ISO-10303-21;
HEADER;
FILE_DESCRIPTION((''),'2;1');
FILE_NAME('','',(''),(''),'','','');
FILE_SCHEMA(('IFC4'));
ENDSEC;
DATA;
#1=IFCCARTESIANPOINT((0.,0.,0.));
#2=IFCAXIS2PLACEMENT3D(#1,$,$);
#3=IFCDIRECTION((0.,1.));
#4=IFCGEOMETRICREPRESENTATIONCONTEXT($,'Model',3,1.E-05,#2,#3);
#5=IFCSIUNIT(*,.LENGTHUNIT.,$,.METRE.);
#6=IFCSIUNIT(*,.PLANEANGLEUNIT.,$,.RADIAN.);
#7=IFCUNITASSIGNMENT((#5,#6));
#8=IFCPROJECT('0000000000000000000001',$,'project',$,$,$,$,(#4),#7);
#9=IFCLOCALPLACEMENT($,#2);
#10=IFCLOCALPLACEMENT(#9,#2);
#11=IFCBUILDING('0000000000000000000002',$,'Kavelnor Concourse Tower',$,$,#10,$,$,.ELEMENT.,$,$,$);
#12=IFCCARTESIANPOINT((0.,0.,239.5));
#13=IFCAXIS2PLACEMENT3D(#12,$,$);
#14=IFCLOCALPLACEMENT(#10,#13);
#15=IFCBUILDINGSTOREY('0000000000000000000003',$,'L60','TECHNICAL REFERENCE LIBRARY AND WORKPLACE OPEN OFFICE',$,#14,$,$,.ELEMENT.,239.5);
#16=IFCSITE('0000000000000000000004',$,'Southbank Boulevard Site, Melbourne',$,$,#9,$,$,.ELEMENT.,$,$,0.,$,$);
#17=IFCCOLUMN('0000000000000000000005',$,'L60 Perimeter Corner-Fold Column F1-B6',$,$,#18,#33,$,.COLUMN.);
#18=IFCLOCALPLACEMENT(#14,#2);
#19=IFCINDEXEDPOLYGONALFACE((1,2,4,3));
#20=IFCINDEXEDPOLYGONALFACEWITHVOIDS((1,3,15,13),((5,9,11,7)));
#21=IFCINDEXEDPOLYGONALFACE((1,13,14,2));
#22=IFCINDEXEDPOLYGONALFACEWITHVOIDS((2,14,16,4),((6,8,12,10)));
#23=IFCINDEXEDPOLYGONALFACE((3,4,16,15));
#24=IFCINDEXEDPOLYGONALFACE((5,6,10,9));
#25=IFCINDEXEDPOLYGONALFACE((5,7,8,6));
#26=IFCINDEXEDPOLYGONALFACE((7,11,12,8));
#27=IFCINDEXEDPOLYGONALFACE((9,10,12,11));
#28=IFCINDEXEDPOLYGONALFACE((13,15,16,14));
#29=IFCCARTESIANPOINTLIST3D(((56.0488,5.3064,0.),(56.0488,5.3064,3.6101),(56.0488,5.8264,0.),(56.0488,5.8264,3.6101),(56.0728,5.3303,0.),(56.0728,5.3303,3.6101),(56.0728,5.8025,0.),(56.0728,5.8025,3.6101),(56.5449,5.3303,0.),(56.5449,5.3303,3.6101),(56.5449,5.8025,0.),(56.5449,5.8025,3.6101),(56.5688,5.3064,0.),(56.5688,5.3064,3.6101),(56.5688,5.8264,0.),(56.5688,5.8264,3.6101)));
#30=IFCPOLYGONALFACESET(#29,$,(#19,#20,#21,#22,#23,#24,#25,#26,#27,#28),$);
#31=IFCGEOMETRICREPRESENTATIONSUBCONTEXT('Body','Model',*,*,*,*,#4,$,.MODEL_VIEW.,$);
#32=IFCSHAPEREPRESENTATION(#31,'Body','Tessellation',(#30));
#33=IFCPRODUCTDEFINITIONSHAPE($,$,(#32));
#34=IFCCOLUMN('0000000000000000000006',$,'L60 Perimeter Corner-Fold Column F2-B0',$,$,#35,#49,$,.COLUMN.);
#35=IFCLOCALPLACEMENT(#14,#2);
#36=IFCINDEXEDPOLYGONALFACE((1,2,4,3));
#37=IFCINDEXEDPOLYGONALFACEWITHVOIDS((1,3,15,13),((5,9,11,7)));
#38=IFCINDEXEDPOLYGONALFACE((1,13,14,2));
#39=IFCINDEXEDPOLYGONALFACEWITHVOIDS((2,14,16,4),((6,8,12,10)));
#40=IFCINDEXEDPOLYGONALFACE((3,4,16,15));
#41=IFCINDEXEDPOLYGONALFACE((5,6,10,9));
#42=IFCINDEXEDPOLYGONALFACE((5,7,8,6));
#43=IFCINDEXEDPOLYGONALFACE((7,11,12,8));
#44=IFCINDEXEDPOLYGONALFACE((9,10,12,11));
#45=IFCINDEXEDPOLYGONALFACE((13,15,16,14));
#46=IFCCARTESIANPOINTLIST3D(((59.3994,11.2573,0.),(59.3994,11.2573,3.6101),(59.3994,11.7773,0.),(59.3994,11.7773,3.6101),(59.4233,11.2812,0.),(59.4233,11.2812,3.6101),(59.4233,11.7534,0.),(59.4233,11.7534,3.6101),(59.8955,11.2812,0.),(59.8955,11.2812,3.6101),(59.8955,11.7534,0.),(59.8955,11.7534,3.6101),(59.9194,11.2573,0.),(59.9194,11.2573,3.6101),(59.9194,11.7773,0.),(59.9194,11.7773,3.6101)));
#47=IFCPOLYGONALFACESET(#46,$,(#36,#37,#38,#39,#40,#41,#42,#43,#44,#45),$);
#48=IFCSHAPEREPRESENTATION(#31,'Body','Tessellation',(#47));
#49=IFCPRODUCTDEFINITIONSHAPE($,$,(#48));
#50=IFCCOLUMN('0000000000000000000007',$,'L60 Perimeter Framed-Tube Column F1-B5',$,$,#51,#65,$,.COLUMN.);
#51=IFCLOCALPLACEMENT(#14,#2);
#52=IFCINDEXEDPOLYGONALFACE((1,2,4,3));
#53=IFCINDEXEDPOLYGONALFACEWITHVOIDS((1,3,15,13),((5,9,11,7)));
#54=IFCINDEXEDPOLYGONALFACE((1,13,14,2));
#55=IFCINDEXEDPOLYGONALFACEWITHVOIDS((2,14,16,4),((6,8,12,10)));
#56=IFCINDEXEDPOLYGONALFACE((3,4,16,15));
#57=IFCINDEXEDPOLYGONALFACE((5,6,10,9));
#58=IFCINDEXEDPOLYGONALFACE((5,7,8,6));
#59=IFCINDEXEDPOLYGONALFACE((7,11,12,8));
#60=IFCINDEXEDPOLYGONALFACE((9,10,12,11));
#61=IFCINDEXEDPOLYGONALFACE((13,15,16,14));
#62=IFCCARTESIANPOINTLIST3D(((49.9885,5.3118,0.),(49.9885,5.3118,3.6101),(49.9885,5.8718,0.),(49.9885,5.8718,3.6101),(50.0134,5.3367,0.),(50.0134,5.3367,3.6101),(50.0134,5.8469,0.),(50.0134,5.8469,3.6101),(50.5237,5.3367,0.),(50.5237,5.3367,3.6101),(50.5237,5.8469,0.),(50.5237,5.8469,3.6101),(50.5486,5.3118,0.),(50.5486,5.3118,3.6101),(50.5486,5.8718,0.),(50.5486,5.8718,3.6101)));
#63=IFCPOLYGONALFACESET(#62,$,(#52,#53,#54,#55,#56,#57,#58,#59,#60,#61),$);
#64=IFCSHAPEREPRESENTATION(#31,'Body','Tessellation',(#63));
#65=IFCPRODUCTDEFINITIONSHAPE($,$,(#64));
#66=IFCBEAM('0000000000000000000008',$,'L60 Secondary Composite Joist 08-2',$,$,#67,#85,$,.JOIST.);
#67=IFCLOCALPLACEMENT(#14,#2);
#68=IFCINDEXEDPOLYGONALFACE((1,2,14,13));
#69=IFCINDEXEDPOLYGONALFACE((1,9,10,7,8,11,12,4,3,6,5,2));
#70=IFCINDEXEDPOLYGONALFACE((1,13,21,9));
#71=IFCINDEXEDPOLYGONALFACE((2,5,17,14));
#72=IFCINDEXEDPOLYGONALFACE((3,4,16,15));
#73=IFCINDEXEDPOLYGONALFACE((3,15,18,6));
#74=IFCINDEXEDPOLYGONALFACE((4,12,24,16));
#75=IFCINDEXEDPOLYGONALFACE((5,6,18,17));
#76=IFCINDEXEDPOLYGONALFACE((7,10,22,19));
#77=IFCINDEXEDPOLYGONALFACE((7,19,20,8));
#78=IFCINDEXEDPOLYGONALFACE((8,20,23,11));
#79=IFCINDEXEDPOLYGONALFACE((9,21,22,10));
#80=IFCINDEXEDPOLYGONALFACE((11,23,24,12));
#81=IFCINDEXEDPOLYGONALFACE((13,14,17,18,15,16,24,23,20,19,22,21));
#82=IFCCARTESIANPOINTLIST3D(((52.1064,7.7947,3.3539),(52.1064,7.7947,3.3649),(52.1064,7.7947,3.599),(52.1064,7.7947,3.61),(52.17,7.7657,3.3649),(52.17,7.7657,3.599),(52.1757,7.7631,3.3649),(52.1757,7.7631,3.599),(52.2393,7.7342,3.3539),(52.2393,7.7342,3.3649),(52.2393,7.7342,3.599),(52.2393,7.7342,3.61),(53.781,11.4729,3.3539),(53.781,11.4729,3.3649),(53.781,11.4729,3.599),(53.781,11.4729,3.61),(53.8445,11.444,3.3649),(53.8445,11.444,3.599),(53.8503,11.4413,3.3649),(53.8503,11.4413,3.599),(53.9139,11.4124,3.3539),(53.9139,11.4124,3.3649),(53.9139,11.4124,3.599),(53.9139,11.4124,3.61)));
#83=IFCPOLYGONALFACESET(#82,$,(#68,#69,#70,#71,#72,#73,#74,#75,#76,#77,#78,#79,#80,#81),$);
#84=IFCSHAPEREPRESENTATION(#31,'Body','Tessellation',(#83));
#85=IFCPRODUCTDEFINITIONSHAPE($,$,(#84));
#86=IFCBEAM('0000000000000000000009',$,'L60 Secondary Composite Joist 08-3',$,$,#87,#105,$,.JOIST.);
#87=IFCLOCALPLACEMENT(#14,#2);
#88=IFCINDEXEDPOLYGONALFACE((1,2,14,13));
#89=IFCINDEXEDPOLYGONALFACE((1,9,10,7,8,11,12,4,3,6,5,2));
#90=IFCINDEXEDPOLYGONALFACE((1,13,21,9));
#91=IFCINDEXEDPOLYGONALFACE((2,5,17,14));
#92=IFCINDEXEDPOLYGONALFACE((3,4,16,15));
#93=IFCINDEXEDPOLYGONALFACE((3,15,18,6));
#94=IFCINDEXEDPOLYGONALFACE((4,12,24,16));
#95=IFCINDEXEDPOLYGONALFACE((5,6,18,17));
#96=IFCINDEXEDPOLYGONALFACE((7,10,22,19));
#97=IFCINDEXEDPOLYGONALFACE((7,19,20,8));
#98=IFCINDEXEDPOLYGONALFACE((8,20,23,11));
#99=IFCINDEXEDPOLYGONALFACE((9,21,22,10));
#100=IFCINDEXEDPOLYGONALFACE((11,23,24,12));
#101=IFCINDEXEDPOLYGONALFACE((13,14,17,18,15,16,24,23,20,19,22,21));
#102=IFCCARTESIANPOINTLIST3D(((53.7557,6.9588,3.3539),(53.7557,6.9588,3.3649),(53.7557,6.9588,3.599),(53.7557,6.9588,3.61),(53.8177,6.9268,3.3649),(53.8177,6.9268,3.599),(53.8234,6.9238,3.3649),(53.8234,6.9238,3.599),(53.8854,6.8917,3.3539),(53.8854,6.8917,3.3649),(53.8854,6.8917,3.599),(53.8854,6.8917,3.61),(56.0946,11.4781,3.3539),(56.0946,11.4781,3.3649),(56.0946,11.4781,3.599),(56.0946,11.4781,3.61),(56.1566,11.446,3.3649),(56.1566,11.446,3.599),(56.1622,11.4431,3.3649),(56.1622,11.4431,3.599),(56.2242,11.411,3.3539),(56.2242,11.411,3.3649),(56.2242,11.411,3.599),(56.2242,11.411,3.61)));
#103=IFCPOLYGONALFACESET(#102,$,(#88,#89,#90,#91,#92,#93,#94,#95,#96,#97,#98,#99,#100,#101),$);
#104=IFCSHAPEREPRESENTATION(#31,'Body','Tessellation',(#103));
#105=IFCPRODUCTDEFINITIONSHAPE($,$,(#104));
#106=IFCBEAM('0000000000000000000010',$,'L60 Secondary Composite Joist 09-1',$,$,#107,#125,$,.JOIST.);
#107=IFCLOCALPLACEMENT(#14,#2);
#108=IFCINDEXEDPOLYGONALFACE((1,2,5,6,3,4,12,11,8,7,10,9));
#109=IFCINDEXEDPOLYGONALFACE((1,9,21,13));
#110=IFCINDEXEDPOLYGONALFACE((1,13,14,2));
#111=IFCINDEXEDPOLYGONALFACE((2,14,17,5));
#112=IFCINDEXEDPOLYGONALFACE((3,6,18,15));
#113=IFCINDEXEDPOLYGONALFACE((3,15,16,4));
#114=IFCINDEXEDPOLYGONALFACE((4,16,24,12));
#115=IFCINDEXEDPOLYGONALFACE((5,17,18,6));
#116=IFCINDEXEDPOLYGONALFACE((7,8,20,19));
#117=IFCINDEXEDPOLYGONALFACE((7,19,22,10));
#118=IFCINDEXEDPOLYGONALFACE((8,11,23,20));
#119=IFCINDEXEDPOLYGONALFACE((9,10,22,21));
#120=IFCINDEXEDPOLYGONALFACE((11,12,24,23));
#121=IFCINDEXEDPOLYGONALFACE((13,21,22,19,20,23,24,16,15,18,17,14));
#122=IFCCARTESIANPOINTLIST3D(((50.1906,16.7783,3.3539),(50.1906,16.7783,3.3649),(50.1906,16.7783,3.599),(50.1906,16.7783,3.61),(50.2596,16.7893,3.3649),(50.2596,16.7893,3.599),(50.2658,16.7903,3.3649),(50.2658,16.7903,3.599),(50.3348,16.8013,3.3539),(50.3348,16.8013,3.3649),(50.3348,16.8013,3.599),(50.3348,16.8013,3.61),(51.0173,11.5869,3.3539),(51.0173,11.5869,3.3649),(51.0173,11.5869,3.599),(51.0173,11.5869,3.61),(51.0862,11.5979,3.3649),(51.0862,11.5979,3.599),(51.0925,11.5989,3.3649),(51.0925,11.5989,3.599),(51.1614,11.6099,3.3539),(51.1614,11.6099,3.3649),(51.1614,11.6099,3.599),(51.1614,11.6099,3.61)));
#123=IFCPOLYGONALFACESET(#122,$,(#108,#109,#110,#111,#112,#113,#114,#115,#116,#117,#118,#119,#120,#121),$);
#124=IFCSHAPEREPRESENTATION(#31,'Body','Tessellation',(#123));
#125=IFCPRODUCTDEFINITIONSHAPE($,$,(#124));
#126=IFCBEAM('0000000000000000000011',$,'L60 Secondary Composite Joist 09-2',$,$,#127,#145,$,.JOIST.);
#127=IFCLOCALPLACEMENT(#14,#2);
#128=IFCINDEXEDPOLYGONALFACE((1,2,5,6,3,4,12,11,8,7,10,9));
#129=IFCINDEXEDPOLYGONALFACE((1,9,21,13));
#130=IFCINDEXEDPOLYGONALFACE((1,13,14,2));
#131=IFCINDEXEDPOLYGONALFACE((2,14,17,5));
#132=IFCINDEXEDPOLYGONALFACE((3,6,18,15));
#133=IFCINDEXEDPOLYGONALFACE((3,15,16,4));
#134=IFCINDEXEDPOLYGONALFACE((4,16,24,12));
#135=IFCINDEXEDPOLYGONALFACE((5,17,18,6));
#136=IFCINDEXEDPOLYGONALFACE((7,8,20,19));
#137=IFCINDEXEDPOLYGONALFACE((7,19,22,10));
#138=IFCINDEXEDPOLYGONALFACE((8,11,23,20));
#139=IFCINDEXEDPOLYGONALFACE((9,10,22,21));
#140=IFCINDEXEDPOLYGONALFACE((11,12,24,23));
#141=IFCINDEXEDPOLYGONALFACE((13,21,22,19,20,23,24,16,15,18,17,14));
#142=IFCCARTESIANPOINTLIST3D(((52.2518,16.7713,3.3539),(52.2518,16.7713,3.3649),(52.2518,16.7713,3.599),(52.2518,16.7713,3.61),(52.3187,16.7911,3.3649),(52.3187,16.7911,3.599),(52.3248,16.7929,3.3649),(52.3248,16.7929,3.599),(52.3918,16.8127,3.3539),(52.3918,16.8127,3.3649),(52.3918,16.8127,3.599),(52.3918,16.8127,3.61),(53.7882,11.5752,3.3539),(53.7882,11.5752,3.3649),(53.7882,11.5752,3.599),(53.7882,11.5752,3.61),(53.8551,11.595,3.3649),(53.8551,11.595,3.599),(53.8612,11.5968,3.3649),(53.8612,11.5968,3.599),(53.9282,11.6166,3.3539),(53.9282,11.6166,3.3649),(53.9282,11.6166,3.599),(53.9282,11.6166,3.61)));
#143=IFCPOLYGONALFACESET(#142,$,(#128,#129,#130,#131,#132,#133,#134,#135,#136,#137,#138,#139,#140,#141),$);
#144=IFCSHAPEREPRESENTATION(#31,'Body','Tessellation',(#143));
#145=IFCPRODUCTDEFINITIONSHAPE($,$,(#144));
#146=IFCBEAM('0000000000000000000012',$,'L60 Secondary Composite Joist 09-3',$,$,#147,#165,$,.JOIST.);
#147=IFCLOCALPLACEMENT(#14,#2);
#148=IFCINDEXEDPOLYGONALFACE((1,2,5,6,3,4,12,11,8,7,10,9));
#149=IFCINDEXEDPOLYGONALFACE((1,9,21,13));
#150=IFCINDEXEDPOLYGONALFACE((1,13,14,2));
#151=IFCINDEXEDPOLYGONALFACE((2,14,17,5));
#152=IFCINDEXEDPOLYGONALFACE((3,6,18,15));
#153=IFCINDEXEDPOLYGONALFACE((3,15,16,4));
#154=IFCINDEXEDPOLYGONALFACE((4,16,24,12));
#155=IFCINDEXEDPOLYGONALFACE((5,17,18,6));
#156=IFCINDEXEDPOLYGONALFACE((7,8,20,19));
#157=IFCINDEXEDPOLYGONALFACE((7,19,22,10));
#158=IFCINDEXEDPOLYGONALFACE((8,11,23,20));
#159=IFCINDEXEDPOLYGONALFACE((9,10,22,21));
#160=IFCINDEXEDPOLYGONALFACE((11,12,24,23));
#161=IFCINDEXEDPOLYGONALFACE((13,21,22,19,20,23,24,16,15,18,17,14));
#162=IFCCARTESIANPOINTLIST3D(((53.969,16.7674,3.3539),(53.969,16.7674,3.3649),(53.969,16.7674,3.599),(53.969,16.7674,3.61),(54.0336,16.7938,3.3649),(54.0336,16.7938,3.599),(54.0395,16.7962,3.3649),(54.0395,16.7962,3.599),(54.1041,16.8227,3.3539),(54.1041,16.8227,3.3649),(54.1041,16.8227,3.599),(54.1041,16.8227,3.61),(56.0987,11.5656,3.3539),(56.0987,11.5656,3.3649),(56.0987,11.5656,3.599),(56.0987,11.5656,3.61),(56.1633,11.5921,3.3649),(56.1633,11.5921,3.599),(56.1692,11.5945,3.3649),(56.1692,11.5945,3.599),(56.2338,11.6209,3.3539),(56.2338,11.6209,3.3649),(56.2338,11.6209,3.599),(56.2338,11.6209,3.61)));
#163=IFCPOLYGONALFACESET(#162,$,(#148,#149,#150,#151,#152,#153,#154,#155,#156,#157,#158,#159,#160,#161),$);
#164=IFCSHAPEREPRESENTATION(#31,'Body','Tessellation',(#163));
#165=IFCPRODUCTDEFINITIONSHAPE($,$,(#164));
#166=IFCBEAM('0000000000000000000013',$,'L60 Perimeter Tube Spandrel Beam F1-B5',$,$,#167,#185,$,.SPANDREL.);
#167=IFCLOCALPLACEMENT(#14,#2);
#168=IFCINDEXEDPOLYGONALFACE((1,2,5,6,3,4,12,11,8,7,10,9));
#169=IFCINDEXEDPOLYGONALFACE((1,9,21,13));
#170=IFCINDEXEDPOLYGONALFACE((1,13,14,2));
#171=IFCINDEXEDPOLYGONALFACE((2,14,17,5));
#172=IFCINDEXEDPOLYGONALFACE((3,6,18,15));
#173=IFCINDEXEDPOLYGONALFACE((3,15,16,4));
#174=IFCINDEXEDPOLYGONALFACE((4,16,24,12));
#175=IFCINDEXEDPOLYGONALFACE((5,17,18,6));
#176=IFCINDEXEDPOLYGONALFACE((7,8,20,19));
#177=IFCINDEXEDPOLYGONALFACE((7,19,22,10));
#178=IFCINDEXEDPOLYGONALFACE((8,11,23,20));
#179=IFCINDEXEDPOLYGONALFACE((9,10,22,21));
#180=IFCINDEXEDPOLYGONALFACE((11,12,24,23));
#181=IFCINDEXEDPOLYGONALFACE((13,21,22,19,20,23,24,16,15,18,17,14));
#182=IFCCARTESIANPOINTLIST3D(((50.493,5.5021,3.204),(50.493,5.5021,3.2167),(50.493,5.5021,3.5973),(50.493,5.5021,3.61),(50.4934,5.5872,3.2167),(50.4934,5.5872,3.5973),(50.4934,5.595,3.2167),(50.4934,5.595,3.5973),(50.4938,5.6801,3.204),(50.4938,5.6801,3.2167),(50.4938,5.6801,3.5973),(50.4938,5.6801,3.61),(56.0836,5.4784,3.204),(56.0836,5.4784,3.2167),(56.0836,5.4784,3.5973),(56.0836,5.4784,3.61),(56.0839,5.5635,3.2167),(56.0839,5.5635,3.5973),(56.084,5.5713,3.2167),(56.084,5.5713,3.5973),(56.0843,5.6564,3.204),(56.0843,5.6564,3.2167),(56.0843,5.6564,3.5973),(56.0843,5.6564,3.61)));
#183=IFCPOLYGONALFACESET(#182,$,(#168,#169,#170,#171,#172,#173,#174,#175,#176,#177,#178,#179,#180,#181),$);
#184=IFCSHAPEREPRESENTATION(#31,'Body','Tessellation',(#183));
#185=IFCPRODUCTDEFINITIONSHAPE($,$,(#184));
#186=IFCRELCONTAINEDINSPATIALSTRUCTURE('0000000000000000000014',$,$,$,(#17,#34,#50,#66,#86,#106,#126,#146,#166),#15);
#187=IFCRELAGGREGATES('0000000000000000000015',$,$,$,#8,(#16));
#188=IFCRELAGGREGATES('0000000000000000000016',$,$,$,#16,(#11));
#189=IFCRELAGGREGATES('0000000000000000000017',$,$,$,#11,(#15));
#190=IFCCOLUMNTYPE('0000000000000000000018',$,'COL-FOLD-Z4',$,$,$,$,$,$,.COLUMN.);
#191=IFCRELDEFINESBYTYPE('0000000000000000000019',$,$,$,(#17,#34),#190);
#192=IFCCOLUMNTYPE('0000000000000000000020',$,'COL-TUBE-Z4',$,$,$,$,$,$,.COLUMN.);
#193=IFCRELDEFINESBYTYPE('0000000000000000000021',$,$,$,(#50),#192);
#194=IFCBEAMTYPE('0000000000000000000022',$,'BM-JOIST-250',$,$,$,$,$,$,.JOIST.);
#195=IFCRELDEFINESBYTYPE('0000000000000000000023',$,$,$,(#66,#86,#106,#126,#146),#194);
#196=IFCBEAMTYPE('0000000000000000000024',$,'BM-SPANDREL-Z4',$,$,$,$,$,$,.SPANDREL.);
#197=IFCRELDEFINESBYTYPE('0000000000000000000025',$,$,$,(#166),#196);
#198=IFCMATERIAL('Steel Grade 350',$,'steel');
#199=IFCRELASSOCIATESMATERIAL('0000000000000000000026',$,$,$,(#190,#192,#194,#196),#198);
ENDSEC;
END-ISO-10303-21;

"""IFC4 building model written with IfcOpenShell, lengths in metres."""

from ifc_helpers import new_model, si_unit, direction, frame, origin, origin_2d, place, context, subcontext, project, spatial, hollow_rectangle, i_section, extrude, material, material_profile, profile_set, type_object, element, save


model = new_model("IFC4")

# Units and contexts
model_context = context("Model", 3, precision=1e-05, world=origin(), true_north=direction((0.0, 1.0)))
body_context = subcontext(model_context, "Body", "Model", "MODEL_VIEW")
ifc_project = project(units=[si_unit("LENGTHUNIT", "METRE"), si_unit("PLANEANGLEUNIT", "RADIAN")], contexts=[model_context])

# Site, building, storey
site_placement = place(None, origin())
site = spatial("IfcSite", under=ifc_project, at=site_placement, Name="Southbank Boulevard Site, Melbourne", CompositionType="ELEMENT", RefElevation=0.0)
building_placement = place(site_placement, origin())
building = spatial("IfcBuilding", under=site, at=building_placement, Name="Kavelnor Concourse Tower", CompositionType="ELEMENT")
storey_placement = place(building_placement, frame((0.0, 0.0, 239.5)))
storey = spatial("IfcBuildingStorey", under=building, at=storey_placement, Name="L60", Description="TECHNICAL REFERENCE LIBRARY AND WORKPLACE OPEN OFFICE", CompositionType="ELEMENT", Elevation=239.5)

# Columns
ifc_material_1 = material(Name="Steel Grade 350", Category="steel")
ifc_material_profile_1 = material_profile(ifc_material_1, hollow_rectangle(XDim=0.52, YDim=0.52, WallThickness=0.0239, at=origin_2d()), Name="SHS 520x520x24")
ifc_profile_set_1 = profile_set([ifc_material_profile_1], Name="Steel Grade 350")
column_type_1 = type_object("IfcColumnType", Name="COL-FOLD-Z4", PredefinedType="COLUMN", material=ifc_profile_set_1)
for number, where, z_axis, x_axis, name in (
    (1, (56.3088, 5.5664, 0.0), (0.0, 0.0, 1.0), (1.0, 0.0, 0.0), "L60 Perimeter Corner-Fold Column F1-B6"),
    (2, (59.6594, 11.5173, 0.0), (0.0, 0.0, 1.0), (1.0, 0.0, 0.0), "L60 Perimeter Corner-Fold Column F2-B0"),
):
    element("IfcColumn", number, at=place(storey_placement, frame(where, z_axis=z_axis, x_axis=x_axis)), inside=storey, type_object=column_type_1, Name=name, PredefinedType="COLUMN", context=body_context, shape_type="SweptSolid", body=[
        extrude(hollow_rectangle(XDim=0.52, YDim=0.52, WallThickness=0.0239, at=origin_2d()), origin(), (0.0, 0.0, 1.0), 3.6101),
    ])
ifc_material_profile_2 = material_profile(ifc_material_1, hollow_rectangle(XDim=0.5601, YDim=0.5601, WallThickness=0.0249, at=origin_2d()), Name="SHS 560x560x25")
ifc_profile_set_2 = profile_set([ifc_material_profile_2], Name="Steel Grade 350")
column_type_2 = type_object("IfcColumnType", Name="COL-TUBE-Z4", PredefinedType="COLUMN", material=ifc_profile_set_2)
column_placement = place(storey_placement, frame((50.2686, 5.5918, 0.0), z_axis=(0.0, 0.0, 1.0), x_axis=(1.0, 0.0, 0.0)))
element("IfcColumn", 3, at=column_placement, inside=storey, type_object=column_type_2, Name="L60 Perimeter Framed-Tube Column F1-B5", PredefinedType="COLUMN", context=body_context, shape_type="SweptSolid", body=[
    extrude(hollow_rectangle(XDim=0.5601, YDim=0.5601, WallThickness=0.0249, at=origin_2d()), origin(), (0.0, 0.0, 1.0), 3.6101),
])

# Beams
ifc_material_profile_3 = material_profile(ifc_material_1, i_section(OverallWidth=0.146, OverallDepth=0.2561, WebThickness=0.0063, FlangeThickness=0.011, at=origin_2d()), Name="250UB37")
ifc_profile_set_3 = profile_set([ifc_material_profile_3], Name="Steel Grade 350")
beam_type_1 = type_object("IfcBeamType", Name="BM-JOIST-250", PredefinedType="JOIST", material=ifc_profile_set_3)
beam_1_placement = place(storey_placement, frame((52.1729, 7.7644, 3.4819), z_axis=(0.414344, 0.91012, 0.0), x_axis=(-0.91012, 0.414344, 0.0)))
element("IfcBeam", 4, at=beam_1_placement, inside=storey, type_object=beam_type_1, Name="L60 Secondary Composite Joist 08-2", PredefinedType="JOIST", context=body_context, shape_type="SweptSolid", body=[
    extrude(i_section(OverallWidth=0.146, OverallDepth=0.2561, WebThickness=0.0063, FlangeThickness=0.011, at=origin_2d()), origin(), (0.0, 0.0, 1.0), 4.0415),
])
beam_2_placement = place(storey_placement, frame((53.8206, 6.9253, 3.4819), z_axis=(0.459625, 0.888113, 0.0), x_axis=(-0.888113, 0.459625, 0.0)))
element("IfcBeam", 5, at=beam_2_placement, inside=storey, type_object=beam_type_1, Name="L60 Secondary Composite Joist 08-3", PredefinedType="JOIST", context=body_context, shape_type="SweptSolid", body=[
    extrude(i_section(OverallWidth=0.146, OverallDepth=0.2561, WebThickness=0.0063, FlangeThickness=0.011, at=origin_2d()), origin(), (0.0, 0.0, 1.0), 5.0886),
])
beam_3_placement = place(storey_placement, frame((51.0894, 11.5984, 3.4819), z_axis=(-0.157255, 0.987558, 0.0), x_axis=(-0.987558, -0.157255, 0.0)))
element("IfcBeam", 6, at=beam_3_placement, inside=storey, type_object=beam_type_1, Name="L60 Secondary Composite Joist 09-1", PredefinedType="JOIST", context=body_context, shape_type="SweptSolid", body=[
    extrude(i_section(OverallWidth=0.146, OverallDepth=0.2561, WebThickness=0.0063, FlangeThickness=0.011, at=origin_2d()), origin(), (0.0, 0.0, 1.0), 5.2568),
])
beam_4_placement = place(storey_placement, frame((53.8582, 11.5959, 3.4819), z_axis=(-0.283547, 0.958958, 0.0), x_axis=(-0.958958, -0.283547, 0.0)))
element("IfcBeam", 7, at=beam_4_placement, inside=storey, type_object=beam_type_1, Name="L60 Secondary Composite Joist 09-2", PredefinedType="JOIST", context=body_context, shape_type="SweptSolid", body=[
    extrude(i_section(OverallWidth=0.146, OverallDepth=0.2561, WebThickness=0.0063, FlangeThickness=0.011, at=origin_2d()), origin(), (0.0, 0.0, 1.0), 5.4185),
])
beam_5_placement = place(storey_placement, frame((56.1663, 11.5933, 3.4819), z_axis=(-0.37889, 0.925442, 0.0), x_axis=(-0.925442, -0.37889, 0.0)))
element("IfcBeam", 8, at=beam_5_placement, inside=storey, type_object=beam_type_1, Name="L60 Secondary Composite Joist 09-3", PredefinedType="JOIST", context=body_context, shape_type="SweptSolid", body=[
    extrude(i_section(OverallWidth=0.146, OverallDepth=0.2561, WebThickness=0.0063, FlangeThickness=0.011, at=origin_2d()), origin(), (0.0, 0.0, 1.0), 5.6208),
])
ifc_material_profile_4 = material_profile(ifc_material_1, i_section(OverallWidth=0.178, OverallDepth=0.406, WebThickness=0.0078, FlangeThickness=0.0127, at=origin_2d()), Name="410UB59")
ifc_profile_set_4 = profile_set([ifc_material_profile_4], Name="Steel Grade 350")
beam_type_2 = type_object("IfcBeamType", Name="BM-SPANDREL-Z4", PredefinedType="SPANDREL", material=ifc_profile_set_4)
beam_6_placement = place(storey_placement, frame((50.4934, 5.5911, 3.407), z_axis=(0.999991, -0.004236, 0.0), x_axis=(0.004236, 0.999991, 0.0)))
element("IfcBeam", 9, at=beam_6_placement, inside=storey, type_object=beam_type_2, Name="L60 Perimeter Tube Spandrel Beam F1-B5", PredefinedType="SPANDREL", context=body_context, shape_type="SweptSolid", body=[
    extrude(i_section(OverallWidth=0.178, OverallDepth=0.406, WebThickness=0.0078, FlangeThickness=0.0127, at=origin_2d()), origin(), (0.0, 0.0, 1.0), 5.5906),
])

save(model, "model.ifc")
